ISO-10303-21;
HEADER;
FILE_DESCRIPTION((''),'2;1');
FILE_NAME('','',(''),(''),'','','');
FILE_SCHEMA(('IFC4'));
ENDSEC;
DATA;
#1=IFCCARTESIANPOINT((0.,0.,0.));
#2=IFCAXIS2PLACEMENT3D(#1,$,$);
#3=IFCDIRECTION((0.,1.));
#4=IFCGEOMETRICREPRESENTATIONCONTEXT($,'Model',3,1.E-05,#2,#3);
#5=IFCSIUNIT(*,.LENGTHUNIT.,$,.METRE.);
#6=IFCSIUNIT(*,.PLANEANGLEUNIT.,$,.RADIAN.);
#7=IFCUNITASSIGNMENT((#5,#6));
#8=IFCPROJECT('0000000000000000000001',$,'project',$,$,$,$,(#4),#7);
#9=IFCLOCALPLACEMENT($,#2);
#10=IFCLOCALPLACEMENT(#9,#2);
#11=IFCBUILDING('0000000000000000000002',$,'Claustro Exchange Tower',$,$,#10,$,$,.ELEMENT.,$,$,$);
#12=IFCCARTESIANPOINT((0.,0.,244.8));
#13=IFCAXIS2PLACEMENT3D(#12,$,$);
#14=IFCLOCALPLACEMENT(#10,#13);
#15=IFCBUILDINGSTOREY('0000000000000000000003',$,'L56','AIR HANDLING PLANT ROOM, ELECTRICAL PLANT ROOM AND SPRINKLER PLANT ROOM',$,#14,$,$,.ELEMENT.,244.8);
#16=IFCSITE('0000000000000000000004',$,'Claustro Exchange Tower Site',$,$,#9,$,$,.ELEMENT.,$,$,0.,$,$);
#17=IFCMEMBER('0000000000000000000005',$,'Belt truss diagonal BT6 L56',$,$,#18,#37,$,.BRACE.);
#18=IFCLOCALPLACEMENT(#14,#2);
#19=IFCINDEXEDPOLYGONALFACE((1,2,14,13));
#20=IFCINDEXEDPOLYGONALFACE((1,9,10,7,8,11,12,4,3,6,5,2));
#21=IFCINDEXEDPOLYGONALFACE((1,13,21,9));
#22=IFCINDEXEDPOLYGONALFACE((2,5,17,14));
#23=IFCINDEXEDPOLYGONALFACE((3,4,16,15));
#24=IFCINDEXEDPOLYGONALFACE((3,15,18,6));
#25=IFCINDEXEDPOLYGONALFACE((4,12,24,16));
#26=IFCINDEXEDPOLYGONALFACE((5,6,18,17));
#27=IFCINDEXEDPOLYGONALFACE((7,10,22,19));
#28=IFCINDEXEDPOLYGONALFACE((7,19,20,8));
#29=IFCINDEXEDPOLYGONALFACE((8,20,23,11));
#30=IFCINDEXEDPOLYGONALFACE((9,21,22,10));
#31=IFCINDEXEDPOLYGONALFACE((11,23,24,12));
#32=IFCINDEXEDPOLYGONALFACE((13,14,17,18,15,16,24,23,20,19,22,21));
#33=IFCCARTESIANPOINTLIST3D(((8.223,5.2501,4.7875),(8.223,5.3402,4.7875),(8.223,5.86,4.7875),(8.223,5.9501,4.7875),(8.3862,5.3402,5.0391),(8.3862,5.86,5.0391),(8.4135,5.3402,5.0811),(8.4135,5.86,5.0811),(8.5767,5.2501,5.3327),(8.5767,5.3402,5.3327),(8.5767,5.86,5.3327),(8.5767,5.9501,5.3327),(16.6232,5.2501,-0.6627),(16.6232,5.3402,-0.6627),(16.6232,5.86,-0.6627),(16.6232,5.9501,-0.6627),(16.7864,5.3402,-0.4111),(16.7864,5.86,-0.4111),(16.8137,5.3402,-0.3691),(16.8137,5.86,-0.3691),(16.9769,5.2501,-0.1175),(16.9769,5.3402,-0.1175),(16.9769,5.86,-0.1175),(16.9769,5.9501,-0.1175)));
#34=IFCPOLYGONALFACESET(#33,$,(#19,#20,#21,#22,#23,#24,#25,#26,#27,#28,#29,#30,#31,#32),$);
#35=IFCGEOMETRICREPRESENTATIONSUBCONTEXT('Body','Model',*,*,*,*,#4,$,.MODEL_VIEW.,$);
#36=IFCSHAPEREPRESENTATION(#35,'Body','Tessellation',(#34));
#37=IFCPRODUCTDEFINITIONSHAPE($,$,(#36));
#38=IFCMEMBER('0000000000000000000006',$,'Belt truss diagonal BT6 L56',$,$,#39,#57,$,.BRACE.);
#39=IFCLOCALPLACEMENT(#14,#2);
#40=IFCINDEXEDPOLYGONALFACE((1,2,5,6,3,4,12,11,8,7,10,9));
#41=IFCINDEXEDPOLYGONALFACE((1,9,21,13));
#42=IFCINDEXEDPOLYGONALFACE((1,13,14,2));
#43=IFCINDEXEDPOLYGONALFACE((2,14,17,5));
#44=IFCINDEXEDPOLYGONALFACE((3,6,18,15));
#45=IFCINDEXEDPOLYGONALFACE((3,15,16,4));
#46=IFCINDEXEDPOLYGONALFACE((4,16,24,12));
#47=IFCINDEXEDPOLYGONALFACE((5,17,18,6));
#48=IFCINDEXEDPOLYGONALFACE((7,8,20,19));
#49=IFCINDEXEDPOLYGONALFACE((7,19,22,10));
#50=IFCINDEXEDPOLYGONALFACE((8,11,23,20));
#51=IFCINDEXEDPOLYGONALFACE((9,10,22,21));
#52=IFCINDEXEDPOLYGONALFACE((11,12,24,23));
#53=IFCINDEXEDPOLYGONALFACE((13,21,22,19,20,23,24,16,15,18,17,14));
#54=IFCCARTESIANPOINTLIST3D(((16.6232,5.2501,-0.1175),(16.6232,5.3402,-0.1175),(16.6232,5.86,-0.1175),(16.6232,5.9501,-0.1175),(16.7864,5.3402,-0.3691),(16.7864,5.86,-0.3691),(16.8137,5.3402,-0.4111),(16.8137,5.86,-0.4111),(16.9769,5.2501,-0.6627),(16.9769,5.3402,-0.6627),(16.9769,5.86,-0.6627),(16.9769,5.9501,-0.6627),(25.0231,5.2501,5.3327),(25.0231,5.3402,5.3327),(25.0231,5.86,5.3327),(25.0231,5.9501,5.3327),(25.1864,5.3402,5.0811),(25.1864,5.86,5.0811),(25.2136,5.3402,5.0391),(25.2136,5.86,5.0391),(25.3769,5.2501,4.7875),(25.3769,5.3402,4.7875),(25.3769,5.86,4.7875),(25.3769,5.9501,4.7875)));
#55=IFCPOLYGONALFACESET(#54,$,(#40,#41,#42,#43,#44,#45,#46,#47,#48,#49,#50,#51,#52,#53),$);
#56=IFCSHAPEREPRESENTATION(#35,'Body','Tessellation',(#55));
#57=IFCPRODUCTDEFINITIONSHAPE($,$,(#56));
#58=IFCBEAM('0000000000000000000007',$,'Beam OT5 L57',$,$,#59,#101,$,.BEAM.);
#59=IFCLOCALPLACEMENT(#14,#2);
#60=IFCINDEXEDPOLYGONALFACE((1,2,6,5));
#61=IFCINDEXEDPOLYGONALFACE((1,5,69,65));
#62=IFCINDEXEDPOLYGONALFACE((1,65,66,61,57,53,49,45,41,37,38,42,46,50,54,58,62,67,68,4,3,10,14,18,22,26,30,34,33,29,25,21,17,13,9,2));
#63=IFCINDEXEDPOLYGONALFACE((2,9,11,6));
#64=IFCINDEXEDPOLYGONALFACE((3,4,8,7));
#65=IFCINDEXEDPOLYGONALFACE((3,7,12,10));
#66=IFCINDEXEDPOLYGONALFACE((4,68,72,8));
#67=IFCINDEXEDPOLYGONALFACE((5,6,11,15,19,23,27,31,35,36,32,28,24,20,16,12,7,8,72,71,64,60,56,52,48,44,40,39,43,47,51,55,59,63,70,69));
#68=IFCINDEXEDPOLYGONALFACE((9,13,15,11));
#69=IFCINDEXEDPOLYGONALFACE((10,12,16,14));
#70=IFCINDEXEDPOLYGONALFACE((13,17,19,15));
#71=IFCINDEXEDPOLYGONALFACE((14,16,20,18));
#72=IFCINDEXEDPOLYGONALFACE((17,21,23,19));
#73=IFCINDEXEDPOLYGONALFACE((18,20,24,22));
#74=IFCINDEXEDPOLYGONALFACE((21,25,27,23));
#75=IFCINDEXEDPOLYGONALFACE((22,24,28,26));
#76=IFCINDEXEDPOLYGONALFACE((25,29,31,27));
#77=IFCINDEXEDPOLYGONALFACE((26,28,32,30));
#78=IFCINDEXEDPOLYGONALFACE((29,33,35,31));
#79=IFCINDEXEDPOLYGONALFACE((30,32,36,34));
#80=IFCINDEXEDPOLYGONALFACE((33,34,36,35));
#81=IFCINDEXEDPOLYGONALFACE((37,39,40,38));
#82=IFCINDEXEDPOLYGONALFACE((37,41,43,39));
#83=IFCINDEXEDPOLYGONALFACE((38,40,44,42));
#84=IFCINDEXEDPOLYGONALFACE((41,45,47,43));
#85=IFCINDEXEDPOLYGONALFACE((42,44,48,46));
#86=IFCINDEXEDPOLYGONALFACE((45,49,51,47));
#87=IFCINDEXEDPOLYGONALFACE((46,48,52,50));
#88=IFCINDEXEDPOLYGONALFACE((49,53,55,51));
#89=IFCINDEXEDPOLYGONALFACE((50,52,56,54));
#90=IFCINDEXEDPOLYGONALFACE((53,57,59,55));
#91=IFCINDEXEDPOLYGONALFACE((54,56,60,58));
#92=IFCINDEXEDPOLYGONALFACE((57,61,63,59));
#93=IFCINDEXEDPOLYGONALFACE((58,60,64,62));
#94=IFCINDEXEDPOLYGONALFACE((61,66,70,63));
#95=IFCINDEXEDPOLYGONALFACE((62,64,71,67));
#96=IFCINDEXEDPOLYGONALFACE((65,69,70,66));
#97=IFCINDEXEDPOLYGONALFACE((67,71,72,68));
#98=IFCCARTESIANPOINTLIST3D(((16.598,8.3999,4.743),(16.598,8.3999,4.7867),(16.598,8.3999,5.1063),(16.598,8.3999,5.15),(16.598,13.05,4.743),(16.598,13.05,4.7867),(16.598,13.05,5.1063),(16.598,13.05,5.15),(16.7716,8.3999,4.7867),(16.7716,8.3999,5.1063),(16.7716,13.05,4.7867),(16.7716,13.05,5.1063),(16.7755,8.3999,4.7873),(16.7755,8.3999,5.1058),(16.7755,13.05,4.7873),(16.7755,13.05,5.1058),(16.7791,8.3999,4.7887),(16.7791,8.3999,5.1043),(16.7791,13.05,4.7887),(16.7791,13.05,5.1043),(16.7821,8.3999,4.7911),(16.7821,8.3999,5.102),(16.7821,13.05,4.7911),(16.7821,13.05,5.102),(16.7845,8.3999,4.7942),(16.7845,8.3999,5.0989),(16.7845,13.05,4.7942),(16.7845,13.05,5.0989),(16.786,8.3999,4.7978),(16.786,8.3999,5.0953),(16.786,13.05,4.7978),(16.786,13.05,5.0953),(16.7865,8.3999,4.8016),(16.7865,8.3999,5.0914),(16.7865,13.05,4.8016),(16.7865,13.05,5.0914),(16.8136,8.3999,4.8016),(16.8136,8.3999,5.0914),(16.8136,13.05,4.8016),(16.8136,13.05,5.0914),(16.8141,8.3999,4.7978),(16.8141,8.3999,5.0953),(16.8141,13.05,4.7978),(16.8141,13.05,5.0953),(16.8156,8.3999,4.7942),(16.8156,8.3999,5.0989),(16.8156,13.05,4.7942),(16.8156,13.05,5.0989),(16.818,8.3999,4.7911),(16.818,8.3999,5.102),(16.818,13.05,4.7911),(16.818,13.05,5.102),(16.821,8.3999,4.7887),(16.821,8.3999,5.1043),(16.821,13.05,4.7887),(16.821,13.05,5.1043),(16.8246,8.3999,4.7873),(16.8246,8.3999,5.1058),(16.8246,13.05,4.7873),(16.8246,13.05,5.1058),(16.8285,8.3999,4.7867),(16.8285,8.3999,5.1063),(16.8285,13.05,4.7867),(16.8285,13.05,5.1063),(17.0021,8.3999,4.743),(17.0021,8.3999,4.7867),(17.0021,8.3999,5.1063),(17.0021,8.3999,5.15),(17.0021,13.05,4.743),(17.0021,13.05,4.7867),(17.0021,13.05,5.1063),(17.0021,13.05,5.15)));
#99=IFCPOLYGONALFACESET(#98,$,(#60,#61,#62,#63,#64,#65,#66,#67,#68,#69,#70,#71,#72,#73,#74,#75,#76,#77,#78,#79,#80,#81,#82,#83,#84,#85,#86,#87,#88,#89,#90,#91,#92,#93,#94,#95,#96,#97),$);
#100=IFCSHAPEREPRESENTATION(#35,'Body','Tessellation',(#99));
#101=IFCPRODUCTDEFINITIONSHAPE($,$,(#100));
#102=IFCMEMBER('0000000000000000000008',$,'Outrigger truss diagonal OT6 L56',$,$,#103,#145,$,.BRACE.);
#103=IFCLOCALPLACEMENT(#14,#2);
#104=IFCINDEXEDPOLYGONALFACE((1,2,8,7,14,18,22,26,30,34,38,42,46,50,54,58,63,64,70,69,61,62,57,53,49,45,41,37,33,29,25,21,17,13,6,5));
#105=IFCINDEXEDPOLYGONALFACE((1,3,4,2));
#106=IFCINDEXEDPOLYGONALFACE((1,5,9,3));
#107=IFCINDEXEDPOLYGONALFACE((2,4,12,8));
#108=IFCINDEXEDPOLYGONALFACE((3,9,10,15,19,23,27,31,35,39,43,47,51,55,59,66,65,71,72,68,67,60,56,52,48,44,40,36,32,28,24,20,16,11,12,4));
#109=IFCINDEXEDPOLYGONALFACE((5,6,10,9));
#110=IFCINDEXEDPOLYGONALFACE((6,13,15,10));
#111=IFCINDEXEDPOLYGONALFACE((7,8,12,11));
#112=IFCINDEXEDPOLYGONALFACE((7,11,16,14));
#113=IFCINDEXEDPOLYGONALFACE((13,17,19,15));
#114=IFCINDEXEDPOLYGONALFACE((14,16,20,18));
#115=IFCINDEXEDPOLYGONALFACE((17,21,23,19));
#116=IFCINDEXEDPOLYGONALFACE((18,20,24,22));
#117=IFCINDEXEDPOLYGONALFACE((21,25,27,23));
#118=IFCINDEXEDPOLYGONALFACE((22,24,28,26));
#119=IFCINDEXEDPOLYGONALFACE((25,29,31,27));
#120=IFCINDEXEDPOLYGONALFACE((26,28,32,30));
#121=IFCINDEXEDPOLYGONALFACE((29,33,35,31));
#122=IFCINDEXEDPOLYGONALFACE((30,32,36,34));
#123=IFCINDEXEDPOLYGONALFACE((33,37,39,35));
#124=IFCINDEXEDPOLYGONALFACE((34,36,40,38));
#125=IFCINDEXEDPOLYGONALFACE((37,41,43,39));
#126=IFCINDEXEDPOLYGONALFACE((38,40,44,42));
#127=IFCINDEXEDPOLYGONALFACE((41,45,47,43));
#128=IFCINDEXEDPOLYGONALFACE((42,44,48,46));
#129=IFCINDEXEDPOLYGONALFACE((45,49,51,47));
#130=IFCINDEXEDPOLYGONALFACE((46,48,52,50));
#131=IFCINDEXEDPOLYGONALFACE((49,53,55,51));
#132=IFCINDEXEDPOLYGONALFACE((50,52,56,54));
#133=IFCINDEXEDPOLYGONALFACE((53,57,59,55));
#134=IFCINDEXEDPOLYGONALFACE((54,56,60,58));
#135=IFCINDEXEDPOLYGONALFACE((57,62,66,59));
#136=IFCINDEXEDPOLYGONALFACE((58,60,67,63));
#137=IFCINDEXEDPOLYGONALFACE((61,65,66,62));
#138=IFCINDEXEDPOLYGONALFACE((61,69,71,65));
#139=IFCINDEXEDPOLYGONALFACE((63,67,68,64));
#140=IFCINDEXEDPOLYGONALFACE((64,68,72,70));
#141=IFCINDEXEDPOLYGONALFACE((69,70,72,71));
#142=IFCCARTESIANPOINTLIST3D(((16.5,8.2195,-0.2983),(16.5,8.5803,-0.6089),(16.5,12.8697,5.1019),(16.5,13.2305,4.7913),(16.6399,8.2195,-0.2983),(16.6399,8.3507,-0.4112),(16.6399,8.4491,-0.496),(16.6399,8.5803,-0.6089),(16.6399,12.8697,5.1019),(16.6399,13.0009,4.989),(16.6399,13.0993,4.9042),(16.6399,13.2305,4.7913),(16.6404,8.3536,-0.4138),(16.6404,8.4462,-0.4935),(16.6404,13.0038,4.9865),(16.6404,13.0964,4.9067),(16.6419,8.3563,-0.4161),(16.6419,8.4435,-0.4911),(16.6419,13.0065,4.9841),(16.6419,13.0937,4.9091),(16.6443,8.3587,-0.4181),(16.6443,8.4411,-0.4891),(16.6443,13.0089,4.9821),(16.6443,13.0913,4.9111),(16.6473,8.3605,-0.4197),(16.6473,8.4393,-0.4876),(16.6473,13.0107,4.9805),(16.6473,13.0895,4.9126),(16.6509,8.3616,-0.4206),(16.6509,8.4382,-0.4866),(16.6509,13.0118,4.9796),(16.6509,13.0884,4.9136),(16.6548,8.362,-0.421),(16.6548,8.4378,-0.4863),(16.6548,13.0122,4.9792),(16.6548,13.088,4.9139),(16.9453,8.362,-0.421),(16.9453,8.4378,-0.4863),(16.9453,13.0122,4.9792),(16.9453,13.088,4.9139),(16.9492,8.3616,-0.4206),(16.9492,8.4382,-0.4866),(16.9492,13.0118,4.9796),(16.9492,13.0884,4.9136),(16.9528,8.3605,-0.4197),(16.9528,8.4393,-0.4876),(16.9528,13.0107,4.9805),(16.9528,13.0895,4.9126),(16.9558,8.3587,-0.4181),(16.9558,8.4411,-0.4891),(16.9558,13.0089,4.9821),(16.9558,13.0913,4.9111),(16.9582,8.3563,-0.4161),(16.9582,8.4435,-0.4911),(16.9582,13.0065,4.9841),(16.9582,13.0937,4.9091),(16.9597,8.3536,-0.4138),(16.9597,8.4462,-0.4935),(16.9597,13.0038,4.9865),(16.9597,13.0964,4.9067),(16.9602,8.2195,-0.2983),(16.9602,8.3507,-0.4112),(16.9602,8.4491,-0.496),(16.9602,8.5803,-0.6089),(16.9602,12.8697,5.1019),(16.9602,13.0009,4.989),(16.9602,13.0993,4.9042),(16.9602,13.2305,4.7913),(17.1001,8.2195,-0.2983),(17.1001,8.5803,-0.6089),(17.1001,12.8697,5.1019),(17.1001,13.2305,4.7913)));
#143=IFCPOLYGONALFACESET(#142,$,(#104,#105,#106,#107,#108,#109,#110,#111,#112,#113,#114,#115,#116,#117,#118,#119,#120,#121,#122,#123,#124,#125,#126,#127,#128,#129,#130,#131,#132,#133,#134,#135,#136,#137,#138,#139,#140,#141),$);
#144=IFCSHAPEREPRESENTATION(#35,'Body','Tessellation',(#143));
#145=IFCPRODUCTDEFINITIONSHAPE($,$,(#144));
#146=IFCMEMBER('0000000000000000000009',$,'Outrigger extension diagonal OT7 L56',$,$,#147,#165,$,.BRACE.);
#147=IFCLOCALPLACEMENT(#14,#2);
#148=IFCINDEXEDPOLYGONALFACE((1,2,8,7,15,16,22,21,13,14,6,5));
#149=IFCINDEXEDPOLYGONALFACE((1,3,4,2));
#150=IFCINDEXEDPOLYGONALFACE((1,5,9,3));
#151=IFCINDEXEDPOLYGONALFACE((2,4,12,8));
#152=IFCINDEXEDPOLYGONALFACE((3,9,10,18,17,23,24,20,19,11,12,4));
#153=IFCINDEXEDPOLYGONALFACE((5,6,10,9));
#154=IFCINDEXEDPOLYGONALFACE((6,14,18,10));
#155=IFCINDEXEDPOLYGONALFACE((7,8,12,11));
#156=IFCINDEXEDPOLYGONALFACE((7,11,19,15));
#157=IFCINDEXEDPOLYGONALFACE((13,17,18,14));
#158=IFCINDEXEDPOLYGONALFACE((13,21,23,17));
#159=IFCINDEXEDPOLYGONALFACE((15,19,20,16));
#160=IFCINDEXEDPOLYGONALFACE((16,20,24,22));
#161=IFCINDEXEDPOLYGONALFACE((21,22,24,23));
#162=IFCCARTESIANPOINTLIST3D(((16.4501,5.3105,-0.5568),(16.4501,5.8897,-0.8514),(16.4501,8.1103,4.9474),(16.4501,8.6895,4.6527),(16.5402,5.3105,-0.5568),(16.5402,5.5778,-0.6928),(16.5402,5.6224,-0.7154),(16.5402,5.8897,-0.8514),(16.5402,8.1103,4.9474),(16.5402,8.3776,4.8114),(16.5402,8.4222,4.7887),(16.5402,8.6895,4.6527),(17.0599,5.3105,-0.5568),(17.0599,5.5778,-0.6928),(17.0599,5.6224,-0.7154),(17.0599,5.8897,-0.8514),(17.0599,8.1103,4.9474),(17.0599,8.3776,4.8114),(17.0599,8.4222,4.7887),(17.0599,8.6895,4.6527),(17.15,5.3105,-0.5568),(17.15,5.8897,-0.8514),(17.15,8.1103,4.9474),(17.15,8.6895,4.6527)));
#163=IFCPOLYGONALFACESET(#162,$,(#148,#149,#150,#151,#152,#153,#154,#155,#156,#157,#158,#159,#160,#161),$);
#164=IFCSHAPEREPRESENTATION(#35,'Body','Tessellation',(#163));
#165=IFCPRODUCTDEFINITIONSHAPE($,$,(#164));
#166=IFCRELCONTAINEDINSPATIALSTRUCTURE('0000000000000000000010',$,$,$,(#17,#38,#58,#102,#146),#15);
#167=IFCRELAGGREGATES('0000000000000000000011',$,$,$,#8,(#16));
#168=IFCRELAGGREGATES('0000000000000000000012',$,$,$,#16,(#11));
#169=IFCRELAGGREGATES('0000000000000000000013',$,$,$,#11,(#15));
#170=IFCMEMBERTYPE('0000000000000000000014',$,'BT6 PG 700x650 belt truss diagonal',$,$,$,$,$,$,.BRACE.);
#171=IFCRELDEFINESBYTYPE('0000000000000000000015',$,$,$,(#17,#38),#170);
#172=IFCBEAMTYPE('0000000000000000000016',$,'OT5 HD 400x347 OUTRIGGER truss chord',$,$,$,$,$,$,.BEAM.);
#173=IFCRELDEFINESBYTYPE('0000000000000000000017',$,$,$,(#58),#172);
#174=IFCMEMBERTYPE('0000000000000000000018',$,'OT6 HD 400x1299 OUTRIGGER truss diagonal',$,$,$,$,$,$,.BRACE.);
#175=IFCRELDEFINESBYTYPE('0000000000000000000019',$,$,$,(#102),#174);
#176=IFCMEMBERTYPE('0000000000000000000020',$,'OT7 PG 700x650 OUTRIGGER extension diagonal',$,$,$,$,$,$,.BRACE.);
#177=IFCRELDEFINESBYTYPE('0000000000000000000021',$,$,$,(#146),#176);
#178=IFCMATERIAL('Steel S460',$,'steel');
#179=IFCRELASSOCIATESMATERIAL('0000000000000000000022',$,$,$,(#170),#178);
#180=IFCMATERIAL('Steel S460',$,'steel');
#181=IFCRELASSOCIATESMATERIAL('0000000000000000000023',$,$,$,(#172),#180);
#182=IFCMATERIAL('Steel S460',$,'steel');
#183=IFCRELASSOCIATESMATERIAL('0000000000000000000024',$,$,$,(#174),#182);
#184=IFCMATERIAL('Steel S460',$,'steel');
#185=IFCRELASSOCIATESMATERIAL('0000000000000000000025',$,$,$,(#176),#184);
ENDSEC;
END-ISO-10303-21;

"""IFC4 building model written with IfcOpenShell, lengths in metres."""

from ifc_helpers import new_model, si_unit, direction, frame, origin, origin_2d, place, context, subcontext, project, spatial, i_section, extrude, material, material_profile, profile_set, type_object, element, save


model = new_model("IFC4")

# Units and contexts
model_context = context("Model", 3, precision=1e-05, world=origin(), true_north=direction((0.0, 1.0)))
body_context = subcontext(model_context, "Body", "Model", "MODEL_VIEW")
ifc_project = project(units=[si_unit("LENGTHUNIT", "METRE"), si_unit("PLANEANGLEUNIT", "RADIAN")], contexts=[model_context])

# Site, building, storey
site_placement = place(None, origin())
site = spatial("IfcSite", under=ifc_project, at=site_placement, Name="Claustro Exchange Tower Site", CompositionType="ELEMENT", RefElevation=0.0)
building_placement = place(site_placement, origin())
building = spatial("IfcBuilding", under=site, at=building_placement, Name="Claustro Exchange Tower", CompositionType="ELEMENT")
storey_placement = place(building_placement, frame((0.0, 0.0, 244.8)))
storey = spatial("IfcBuildingStorey", under=building, at=storey_placement, Name="L56", Description="AIR HANDLING PLANT ROOM, ELECTRICAL PLANT ROOM AND SPRINKLER PLANT ROOM", CompositionType="ELEMENT", Elevation=244.8)

# Members
ifc_material_1 = material(Name="Steel S460", Category="steel")
ifc_material_profile_1 = material_profile(ifc_material_1, i_section(OverallWidth=0.6499, OverallDepth=0.7, WebThickness=0.05, FlangeThickness=0.0901, at=origin_2d()), Name="PG 700x650")
ifc_profile_set_1 = profile_set([ifc_material_profile_1], Name="Steel S460")
member_type_1 = type_object("IfcMemberType", Name="BT6 PG 700x650 belt truss diagonal", PredefinedType="BRACE", material=ifc_profile_set_1)
member_1_placement = place(storey_placement, frame((16.8, 5.6001, -0.3901), z_axis=(-0.838895, 0.0, 0.544293), x_axis=(0.544293, 0.0, 0.838895)))
element("IfcMember", 1, at=member_1_placement, inside=storey, type_object=member_type_1, Name="Belt truss diagonal BT6 L56", PredefinedType="BRACE", context=body_context, shape_type="SweptSolid", body=[
    extrude(i_section(OverallWidth=0.6499, OverallDepth=0.7, WebThickness=0.05, FlangeThickness=0.0901, at=origin_2d()), origin(), (0.0, 0.0, 1.0), 10.0134),
])
member_2_placement = place(storey_placement, frame((16.8, 5.6001, -0.3901), z_axis=(0.838888, 0.0, 0.544304), x_axis=(-0.544304, 0.0, 0.838888)))
element("IfcMember", 2, at=member_2_placement, inside=storey, type_object=member_type_1, Name="Belt truss diagonal BT6 L56", PredefinedType="BRACE", context=body_context, shape_type="SweptSolid", body=[
    extrude(i_section(OverallWidth=0.6499, OverallDepth=0.7, WebThickness=0.05, FlangeThickness=0.0901, at=origin_2d()), origin(), (0.0, 0.0, 1.0), 10.0132),
])

# Beam
ifc_material_2 = material(Name="Steel S460", Category="steel")
ifc_material_profile_2 = material_profile(ifc_material_2, i_section(OverallWidth=0.4041, OverallDepth=0.407, WebThickness=0.0271, FlangeThickness=0.0437, FilletRadius=0.0149, at=origin_2d()), Name="HD 400x347")
ifc_profile_set_2 = profile_set([ifc_material_profile_2], Name="Steel S460")
beam_type_1 = type_object("IfcBeamType", Name="OT5 HD 400x347 OUTRIGGER truss chord", PredefinedType="BEAM", material=ifc_profile_set_2)
beam_1_placement = place(storey_placement, frame((16.8, 8.3999, 4.9465), z_axis=(0.0, 1.0, 0.0), x_axis=(-1.0, 0.0, 0.0)))
element("IfcBeam", 3, at=beam_1_placement, inside=storey, type_object=beam_type_1, Name="Beam OT5 L57", PredefinedType="BEAM", context=body_context, shape_type="SweptSolid", body=[
    extrude(i_section(OverallWidth=0.4041, OverallDepth=0.407, WebThickness=0.0271, FlangeThickness=0.0437, FilletRadius=0.0149, at=origin_2d()), origin(), (0.0, 0.0, 1.0), 4.6501),
])

# Members
ifc_material_3 = material(Name="Steel S460", Category="steel")
ifc_material_profile_3 = material_profile(ifc_material_3, i_section(OverallWidth=0.4761, OverallDepth=0.6001, WebThickness=0.1001, FlangeThickness=0.1399, FilletRadius=0.0149, at=origin_2d()), Name="HD 400x1299")
ifc_profile_set_3 = profile_set([ifc_material_profile_3], Name="Steel S460")
member_type_2 = type_object("IfcMemberType", Name="OT6 HD 400x1299 OUTRIGGER truss diagonal", PredefinedType="BRACE", material=ifc_profile_set_3)
member_3_placement = place(storey_placement, frame((16.8, 8.3999, -0.4536), z_axis=(0.0, 0.652525, 0.757767), x_axis=(0.0, -0.757767, 0.652525)))
element("IfcMember", 4, at=member_3_placement, inside=storey, type_object=member_type_2, Name="Outrigger truss diagonal OT6 L56", PredefinedType="BRACE", context=body_context, shape_type="SweptSolid", body=[
    extrude(i_section(OverallWidth=0.4761, OverallDepth=0.6001, WebThickness=0.1001, FlangeThickness=0.1399, FilletRadius=0.0149, at=origin_2d()), origin(), (0.0, 0.0, 1.0), 7.1265),
])
ifc_material_4 = material(Name="Steel S460", Category="steel")
ifc_material_profile_4 = material_profile(ifc_material_4, i_section(OverallWidth=0.6499, OverallDepth=0.7, WebThickness=0.05, FlangeThickness=0.0901, at=origin_2d()), Name="PG 700x650")
ifc_profile_set_4 = profile_set([ifc_material_profile_4], Name="Steel S460")
member_type_3 = type_object("IfcMemberType", Name="OT7 PG 700x650 OUTRIGGER extension diagonal", PredefinedType="BRACE", material=ifc_profile_set_4)
member_4_placement = place(storey_placement, frame((16.8, 5.6001, -0.7041), z_axis=(0.0, 0.453386, 0.891314), x_axis=(0.0, -0.891314, 0.453386)))
element("IfcMember", 5, at=member_4_placement, inside=storey, type_object=member_type_3, Name="Outrigger extension diagonal OT7 L56", PredefinedType="BRACE", context=body_context, shape_type="SweptSolid", body=[
    extrude(i_section(OverallWidth=0.6499, OverallDepth=0.7, WebThickness=0.05, FlangeThickness=0.0901, at=origin_2d()), origin(), (0.0, 0.0, 1.0), 6.1753),
])

save(model, "model.ifc")
